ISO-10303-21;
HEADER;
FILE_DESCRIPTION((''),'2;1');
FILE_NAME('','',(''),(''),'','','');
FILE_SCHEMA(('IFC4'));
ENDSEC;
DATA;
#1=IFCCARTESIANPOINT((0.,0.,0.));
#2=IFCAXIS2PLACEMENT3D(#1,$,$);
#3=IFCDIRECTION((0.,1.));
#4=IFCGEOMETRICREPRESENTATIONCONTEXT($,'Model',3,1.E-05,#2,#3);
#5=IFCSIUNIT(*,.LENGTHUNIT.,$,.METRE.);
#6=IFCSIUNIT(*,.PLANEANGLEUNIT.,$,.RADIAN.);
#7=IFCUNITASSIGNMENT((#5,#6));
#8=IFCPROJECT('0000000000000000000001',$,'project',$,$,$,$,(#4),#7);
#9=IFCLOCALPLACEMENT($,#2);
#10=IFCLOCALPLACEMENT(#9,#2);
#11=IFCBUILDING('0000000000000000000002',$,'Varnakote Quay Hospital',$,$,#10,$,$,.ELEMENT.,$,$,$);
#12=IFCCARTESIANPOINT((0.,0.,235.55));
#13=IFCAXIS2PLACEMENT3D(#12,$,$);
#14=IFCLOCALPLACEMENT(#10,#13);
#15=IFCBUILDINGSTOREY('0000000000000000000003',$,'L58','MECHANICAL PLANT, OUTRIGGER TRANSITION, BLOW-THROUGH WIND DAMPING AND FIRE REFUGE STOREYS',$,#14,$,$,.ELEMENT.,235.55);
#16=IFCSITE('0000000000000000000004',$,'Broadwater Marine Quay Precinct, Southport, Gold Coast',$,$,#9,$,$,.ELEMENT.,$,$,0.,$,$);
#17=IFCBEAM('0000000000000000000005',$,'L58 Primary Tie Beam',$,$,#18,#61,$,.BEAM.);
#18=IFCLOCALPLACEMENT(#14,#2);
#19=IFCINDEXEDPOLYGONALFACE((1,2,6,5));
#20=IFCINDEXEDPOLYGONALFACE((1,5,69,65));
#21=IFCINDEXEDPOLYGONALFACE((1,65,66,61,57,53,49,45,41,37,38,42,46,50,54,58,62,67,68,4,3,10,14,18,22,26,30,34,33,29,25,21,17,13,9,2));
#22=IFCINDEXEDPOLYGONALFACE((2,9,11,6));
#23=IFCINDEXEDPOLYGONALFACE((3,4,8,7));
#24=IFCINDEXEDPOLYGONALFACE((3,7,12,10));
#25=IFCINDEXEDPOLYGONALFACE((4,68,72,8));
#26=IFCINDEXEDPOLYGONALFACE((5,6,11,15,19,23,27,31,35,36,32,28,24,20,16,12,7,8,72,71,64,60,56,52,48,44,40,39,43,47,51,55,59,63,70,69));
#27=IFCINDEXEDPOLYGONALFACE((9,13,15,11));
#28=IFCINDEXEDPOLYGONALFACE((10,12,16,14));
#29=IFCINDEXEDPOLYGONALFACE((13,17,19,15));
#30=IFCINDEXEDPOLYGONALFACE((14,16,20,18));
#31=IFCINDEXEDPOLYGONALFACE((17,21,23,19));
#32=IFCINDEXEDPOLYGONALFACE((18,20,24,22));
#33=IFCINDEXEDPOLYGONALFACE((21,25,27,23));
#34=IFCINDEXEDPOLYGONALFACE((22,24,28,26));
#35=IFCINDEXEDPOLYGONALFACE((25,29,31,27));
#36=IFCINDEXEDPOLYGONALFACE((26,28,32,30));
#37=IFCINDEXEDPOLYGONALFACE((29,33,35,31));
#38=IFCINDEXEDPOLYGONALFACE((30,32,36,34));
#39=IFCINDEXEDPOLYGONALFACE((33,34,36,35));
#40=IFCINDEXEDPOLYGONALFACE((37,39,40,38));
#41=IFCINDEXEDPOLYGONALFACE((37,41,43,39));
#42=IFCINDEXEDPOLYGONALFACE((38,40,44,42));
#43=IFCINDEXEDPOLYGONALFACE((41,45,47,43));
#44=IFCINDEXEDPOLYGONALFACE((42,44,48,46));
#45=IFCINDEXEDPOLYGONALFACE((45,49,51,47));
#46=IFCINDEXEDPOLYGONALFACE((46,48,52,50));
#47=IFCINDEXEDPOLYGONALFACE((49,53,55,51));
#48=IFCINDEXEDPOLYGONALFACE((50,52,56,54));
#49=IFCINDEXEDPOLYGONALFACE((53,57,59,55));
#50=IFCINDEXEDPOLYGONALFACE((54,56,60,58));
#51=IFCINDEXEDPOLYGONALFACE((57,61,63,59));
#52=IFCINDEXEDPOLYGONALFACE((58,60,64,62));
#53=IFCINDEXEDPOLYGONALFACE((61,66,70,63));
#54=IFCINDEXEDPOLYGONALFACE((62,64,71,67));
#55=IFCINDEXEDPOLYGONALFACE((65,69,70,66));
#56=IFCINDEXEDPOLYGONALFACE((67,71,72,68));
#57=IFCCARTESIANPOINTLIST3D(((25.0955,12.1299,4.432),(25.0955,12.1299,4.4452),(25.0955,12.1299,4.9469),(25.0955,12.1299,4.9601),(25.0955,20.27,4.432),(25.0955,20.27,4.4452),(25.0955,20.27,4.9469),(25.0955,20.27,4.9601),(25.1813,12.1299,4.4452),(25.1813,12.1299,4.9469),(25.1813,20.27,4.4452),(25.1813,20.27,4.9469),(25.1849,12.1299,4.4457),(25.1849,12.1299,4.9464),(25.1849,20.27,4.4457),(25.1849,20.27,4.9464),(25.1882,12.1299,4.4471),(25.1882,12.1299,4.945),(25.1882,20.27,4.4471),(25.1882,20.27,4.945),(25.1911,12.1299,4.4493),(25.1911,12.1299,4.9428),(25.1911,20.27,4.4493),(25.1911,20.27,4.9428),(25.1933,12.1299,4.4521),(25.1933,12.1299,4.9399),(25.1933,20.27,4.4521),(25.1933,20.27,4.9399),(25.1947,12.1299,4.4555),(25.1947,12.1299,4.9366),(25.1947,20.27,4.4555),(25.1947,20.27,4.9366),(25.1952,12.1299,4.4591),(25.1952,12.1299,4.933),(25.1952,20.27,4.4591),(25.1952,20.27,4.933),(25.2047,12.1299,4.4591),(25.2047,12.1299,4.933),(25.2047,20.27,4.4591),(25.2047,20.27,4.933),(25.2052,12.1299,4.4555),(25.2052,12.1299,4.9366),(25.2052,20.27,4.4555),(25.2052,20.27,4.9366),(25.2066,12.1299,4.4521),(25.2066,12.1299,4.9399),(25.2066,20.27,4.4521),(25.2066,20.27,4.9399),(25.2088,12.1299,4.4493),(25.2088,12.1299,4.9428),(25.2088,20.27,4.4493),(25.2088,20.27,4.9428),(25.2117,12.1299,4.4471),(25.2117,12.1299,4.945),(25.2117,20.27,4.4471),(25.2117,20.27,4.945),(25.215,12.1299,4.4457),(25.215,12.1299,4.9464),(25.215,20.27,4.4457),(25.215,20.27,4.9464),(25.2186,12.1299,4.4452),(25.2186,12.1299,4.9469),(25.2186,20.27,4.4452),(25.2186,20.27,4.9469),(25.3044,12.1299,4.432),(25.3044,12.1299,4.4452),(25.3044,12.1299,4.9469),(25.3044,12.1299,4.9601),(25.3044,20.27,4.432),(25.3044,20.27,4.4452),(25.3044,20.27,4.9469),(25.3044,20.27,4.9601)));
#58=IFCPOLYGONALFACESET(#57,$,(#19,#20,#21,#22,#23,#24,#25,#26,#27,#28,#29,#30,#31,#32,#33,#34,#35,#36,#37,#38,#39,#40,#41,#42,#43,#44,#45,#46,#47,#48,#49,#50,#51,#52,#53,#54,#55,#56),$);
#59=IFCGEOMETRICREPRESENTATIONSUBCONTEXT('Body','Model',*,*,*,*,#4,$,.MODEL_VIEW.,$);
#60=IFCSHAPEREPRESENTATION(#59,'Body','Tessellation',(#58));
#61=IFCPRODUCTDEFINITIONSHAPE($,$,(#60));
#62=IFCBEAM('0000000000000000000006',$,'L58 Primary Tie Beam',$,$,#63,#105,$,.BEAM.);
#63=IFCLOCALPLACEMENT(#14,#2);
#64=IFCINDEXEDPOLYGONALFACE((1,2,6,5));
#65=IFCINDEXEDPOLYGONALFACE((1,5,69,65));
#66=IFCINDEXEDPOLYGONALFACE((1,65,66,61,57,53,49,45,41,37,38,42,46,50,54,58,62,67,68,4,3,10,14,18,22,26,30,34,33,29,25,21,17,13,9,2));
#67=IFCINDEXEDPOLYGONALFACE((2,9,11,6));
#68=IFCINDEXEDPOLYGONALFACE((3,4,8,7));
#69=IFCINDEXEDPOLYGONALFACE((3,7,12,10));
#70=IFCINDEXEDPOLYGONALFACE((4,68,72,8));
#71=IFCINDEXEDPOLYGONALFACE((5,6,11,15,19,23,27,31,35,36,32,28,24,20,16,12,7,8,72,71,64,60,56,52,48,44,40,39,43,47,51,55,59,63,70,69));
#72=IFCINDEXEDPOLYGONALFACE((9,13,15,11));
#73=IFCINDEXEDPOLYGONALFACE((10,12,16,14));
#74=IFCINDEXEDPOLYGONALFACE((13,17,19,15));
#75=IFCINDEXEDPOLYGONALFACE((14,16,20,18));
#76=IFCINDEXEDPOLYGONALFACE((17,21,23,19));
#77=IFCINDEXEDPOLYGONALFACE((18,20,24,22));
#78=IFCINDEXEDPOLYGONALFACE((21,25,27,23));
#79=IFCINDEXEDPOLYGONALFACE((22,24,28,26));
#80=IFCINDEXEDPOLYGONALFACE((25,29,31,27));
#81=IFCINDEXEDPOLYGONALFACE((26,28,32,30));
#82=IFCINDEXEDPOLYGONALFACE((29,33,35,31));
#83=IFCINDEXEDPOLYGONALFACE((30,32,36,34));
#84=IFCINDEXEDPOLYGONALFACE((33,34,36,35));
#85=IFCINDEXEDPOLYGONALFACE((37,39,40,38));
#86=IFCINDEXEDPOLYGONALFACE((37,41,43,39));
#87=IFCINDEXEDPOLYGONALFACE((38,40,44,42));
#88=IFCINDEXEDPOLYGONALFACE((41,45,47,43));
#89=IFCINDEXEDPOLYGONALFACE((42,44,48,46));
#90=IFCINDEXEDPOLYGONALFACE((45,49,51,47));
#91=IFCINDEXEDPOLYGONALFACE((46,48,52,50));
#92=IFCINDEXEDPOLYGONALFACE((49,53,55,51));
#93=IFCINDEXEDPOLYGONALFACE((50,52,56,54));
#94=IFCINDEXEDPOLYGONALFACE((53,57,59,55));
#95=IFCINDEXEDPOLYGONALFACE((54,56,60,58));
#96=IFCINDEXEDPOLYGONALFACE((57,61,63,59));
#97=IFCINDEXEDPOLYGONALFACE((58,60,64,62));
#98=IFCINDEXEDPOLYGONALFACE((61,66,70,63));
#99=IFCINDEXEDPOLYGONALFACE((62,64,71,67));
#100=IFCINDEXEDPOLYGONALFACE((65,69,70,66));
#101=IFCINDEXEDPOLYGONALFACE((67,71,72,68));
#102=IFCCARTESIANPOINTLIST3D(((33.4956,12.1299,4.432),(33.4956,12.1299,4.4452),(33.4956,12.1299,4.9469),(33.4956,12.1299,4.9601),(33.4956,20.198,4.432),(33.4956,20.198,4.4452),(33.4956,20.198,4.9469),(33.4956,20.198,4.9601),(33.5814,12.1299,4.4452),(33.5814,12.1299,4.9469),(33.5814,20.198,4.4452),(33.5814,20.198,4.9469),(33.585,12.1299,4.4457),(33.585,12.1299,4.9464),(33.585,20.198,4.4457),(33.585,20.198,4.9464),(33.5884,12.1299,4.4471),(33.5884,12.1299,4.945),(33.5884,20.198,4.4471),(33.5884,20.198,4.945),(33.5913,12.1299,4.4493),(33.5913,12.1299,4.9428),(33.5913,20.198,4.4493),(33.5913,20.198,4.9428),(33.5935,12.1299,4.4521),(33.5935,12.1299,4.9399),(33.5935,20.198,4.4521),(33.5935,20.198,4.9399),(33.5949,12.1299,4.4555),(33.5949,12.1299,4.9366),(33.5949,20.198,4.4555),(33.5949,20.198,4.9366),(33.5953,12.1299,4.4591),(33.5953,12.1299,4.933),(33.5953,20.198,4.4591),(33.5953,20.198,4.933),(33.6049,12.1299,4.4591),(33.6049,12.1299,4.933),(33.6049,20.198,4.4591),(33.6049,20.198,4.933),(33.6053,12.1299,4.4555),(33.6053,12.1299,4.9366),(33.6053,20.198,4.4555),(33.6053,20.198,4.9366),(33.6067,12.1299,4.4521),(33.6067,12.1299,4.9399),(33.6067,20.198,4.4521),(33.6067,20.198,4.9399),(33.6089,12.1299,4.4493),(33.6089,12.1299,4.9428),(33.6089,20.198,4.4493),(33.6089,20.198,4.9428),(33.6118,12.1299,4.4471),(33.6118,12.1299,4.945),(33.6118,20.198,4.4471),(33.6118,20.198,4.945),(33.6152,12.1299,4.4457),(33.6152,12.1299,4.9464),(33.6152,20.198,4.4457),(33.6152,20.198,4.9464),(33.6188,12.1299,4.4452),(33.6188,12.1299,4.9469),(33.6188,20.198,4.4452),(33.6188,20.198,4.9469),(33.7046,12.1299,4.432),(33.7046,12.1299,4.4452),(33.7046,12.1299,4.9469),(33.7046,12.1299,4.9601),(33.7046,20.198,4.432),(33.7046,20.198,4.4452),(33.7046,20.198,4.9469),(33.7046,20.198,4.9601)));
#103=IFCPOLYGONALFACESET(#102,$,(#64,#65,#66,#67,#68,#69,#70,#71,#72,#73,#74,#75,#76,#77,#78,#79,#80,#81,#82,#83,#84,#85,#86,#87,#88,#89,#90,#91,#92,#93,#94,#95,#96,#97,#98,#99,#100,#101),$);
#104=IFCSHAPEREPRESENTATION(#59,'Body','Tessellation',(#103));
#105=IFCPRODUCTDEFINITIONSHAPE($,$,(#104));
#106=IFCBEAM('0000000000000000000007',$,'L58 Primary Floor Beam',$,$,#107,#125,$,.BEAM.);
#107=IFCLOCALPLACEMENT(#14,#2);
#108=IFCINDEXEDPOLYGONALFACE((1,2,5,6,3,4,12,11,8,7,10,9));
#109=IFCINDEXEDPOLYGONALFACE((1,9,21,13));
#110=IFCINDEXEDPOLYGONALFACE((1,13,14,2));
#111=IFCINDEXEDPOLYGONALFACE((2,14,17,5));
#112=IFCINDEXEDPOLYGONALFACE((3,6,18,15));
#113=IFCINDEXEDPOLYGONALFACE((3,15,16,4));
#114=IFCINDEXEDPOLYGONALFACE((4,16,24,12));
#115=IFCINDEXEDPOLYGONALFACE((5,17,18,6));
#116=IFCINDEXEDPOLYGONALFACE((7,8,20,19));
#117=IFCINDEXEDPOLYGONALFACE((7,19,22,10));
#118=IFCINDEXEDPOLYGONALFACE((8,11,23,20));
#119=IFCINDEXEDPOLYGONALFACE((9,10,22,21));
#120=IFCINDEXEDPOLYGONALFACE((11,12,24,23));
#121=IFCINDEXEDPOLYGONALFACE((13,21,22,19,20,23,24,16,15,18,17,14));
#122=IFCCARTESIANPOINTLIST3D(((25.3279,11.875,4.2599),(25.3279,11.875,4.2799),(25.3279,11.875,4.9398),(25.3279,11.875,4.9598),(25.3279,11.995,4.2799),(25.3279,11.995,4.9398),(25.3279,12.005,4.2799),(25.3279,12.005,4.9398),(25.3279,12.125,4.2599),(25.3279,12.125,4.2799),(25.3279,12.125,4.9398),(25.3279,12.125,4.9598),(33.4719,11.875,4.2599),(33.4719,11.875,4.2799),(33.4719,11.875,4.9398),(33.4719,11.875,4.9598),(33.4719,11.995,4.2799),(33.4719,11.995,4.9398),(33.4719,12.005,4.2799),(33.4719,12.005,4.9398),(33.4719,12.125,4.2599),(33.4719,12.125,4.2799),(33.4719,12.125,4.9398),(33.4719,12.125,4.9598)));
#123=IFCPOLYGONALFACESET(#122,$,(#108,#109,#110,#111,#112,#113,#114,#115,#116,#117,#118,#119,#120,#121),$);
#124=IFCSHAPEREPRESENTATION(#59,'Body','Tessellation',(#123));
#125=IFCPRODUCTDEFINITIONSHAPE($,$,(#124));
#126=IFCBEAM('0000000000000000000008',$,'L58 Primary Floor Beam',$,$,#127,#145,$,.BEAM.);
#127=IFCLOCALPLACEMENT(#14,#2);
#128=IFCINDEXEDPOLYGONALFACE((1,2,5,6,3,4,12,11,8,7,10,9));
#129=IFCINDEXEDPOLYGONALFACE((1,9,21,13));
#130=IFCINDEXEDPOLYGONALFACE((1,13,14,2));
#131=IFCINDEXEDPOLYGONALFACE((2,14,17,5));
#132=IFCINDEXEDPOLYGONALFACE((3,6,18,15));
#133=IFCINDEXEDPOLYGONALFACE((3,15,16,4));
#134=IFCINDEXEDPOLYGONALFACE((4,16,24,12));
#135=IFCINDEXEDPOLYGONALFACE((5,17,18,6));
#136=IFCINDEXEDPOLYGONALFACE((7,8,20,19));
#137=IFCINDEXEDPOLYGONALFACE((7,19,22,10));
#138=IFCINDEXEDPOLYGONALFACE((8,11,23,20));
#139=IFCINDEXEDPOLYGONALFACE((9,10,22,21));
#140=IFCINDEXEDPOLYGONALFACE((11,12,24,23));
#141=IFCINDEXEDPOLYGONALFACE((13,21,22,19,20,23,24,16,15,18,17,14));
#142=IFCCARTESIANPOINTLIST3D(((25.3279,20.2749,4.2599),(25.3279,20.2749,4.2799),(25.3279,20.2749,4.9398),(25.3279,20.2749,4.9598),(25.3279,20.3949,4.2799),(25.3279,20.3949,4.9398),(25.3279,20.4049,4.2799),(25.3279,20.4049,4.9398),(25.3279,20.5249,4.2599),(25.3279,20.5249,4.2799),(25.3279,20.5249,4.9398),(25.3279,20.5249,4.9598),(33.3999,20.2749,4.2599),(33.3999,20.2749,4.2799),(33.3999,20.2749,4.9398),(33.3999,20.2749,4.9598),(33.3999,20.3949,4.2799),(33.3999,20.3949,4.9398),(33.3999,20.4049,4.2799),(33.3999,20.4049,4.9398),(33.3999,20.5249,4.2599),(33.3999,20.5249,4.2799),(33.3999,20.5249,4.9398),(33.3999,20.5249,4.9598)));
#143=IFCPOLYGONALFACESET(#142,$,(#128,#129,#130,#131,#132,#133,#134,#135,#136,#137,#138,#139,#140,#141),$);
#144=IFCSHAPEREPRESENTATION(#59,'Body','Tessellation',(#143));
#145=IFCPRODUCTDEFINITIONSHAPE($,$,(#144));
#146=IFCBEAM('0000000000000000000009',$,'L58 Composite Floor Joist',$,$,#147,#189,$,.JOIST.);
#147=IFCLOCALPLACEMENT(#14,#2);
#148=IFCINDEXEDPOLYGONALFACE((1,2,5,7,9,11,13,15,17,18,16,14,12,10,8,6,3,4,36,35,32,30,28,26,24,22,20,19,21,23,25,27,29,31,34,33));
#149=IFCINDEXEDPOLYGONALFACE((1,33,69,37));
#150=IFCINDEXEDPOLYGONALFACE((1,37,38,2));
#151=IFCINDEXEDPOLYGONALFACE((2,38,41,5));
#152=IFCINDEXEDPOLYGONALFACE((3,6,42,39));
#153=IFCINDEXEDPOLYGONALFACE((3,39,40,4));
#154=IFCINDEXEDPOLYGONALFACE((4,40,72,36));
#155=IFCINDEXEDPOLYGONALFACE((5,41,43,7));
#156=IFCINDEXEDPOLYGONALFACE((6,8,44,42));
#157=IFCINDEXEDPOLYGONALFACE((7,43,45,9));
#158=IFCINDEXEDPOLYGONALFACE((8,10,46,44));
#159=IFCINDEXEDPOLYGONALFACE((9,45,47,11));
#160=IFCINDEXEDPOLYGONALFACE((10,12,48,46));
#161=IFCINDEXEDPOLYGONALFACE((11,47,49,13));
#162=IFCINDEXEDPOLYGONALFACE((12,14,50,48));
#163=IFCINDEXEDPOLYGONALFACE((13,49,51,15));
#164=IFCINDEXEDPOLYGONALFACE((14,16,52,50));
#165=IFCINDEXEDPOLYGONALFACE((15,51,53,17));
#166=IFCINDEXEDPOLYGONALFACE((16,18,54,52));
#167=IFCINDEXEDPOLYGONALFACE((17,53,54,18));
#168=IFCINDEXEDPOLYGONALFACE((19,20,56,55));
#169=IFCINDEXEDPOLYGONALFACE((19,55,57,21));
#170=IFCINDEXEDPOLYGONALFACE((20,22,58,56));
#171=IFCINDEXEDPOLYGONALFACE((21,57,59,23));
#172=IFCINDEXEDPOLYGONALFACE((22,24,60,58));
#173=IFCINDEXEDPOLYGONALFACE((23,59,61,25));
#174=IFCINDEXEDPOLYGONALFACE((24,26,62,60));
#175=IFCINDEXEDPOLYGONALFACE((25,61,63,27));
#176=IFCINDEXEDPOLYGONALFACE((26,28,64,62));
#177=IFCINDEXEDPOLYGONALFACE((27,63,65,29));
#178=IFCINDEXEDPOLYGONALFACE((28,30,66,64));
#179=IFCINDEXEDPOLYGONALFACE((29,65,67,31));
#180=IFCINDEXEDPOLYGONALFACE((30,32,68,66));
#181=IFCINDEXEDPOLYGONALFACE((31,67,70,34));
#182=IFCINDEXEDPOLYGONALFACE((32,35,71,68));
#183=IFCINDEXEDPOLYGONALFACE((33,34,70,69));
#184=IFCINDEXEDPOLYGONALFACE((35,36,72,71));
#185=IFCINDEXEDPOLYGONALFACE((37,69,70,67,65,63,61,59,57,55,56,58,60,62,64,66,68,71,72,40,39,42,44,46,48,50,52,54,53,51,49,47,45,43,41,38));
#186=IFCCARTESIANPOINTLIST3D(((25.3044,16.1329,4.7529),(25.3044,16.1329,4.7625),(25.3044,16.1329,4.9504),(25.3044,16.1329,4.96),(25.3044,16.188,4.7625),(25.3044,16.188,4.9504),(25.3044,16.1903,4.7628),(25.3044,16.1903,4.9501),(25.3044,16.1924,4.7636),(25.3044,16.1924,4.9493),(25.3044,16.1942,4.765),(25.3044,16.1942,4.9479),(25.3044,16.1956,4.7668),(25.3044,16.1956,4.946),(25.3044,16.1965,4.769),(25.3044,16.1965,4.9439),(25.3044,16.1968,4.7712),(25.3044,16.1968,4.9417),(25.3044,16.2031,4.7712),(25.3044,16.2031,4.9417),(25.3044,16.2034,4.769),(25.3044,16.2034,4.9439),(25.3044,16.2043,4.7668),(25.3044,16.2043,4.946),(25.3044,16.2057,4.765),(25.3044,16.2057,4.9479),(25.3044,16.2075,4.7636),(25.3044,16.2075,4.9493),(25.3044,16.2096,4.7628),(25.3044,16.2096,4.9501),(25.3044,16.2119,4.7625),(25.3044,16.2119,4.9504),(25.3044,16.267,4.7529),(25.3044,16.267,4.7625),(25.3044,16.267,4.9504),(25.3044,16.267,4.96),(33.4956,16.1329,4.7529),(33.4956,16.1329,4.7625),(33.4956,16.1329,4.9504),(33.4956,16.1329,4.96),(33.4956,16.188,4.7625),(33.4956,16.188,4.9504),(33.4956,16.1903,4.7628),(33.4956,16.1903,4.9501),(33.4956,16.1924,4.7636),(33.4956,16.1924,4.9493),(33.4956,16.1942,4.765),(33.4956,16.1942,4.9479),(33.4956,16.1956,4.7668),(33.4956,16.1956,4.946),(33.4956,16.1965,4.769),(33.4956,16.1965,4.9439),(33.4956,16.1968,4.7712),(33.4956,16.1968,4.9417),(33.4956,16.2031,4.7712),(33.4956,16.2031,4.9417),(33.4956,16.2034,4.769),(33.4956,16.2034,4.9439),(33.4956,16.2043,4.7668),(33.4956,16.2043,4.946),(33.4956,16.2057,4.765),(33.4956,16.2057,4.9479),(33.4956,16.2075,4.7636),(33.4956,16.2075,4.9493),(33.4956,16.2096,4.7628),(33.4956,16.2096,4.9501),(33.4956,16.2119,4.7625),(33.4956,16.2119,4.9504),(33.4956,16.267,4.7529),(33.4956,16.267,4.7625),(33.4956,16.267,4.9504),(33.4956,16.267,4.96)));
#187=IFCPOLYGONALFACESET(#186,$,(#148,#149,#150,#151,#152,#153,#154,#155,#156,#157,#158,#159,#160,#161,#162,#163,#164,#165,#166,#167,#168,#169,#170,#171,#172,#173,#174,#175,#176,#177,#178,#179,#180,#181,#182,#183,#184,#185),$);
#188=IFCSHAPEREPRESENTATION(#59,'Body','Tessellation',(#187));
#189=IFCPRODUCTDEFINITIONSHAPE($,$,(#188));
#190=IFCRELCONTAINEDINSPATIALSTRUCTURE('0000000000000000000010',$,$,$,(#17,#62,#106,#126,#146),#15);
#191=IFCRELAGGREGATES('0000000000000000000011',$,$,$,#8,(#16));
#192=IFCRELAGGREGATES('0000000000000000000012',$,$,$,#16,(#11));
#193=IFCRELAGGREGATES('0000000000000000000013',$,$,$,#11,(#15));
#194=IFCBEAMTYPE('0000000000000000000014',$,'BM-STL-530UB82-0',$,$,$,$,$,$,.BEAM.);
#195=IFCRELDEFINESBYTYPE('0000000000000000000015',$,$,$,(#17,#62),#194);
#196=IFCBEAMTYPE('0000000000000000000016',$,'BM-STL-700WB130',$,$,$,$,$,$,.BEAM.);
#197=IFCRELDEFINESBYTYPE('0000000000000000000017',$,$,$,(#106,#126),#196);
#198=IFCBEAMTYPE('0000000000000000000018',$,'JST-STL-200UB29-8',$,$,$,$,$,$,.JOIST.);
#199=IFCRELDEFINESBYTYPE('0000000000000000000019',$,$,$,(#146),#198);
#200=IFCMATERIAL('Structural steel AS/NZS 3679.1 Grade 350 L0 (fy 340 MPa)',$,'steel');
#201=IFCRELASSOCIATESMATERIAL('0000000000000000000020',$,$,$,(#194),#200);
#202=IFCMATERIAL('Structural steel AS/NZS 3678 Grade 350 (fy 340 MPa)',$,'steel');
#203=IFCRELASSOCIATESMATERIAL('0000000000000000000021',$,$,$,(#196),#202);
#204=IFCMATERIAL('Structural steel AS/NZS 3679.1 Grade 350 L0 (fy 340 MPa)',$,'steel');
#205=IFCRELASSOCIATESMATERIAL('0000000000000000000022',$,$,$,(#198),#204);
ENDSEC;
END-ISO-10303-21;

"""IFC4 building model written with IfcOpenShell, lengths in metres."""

from ifc_helpers import new_model, si_unit, direction, frame, origin, origin_2d, place, context, subcontext, project, spatial, i_section, extrude, material, material_profile, profile_set, type_object, element, save


model = new_model("IFC4")

# Units and contexts
model_context = context("Model", 3, precision=1e-05, world=origin(), true_north=direction((0.0, 1.0)))
body_context = subcontext(model_context, "Body", "Model", "MODEL_VIEW")
ifc_project = project(units=[si_unit("LENGTHUNIT", "METRE"), si_unit("PLANEANGLEUNIT", "RADIAN")], contexts=[model_context])

# Site, building, storey
site_placement = place(None, origin())
site = spatial("IfcSite", under=ifc_project, at=site_placement, Name="Broadwater Marine Quay Precinct, Southport, Gold Coast", CompositionType="ELEMENT", RefElevation=0.0)
building_placement = place(site_placement, origin())
building = spatial("IfcBuilding", under=site, at=building_placement, Name="Varnakote Quay Hospital", CompositionType="ELEMENT")
storey_placement = place(building_placement, frame((0.0, 0.0, 235.55)))
storey = spatial("IfcBuildingStorey", under=building, at=storey_placement, Name="L58", Description="MECHANICAL PLANT, OUTRIGGER TRANSITION, BLOW-THROUGH WIND DAMPING AND FIRE REFUGE STOREYS", CompositionType="ELEMENT", Elevation=235.55)

# Beams
ifc_material_1 = material(Name="Structural steel AS/NZS 3679.1 Grade 350 L0 (fy 340 MPa)", Category="steel")
ifc_material_profile_1 = material_profile(ifc_material_1, i_section(OverallWidth=0.209, OverallDepth=0.5281, WebThickness=0.0095, FlangeThickness=0.0132, FilletRadius=0.0139, at=origin_2d()), Name="530UB82.0")
ifc_profile_set_1 = profile_set([ifc_material_profile_1], Name="Structural steel AS/NZS 3679.1 Grade 350 L0 (fy 340 MPa)")
beam_type_1 = type_object("IfcBeamType", Name="BM-STL-530UB82-0", PredefinedType="BEAM", material=ifc_profile_set_1)
beam_1_placement = place(storey_placement, frame((25.2, 12.1299, 4.696), z_axis=(0.0, 1.0, 0.0), x_axis=(-1.0, 0.0, 0.0)))
element("IfcBeam", 1, at=beam_1_placement, inside=storey, type_object=beam_type_1, Name="L58 Primary Tie Beam", PredefinedType="BEAM", context=body_context, shape_type="SweptSolid", body=[
    extrude(i_section(OverallWidth=0.209, OverallDepth=0.5281, WebThickness=0.0095, FlangeThickness=0.0132, FilletRadius=0.0139, at=origin_2d()), origin(), (0.0, 0.0, 1.0), 8.1401),
])
beam_2_placement = place(storey_placement, frame((33.6001, 12.1299, 4.696), z_axis=(0.0, 1.0, 0.0), x_axis=(-1.0, 0.0, 0.0)))
element("IfcBeam", 2, at=beam_2_placement, inside=storey, type_object=beam_type_1, Name="L58 Primary Tie Beam", PredefinedType="BEAM", context=body_context, shape_type="SweptSolid", body=[
    extrude(i_section(OverallWidth=0.209, OverallDepth=0.5281, WebThickness=0.0095, FlangeThickness=0.0132, FilletRadius=0.0139, at=origin_2d()), origin(), (0.0, 0.0, 1.0), 8.0681),
])
ifc_material_2 = material(Name="Structural steel AS/NZS 3678 Grade 350 (fy 340 MPa)", Category="steel")
ifc_material_profile_2 = material_profile(ifc_material_2, i_section(OverallWidth=0.25, OverallDepth=0.7, WebThickness=0.01, FlangeThickness=0.02, at=origin_2d()), Name="700WB130")
ifc_profile_set_2 = profile_set([ifc_material_profile_2], Name="Structural steel AS/NZS 3678 Grade 350 (fy 340 MPa)")
beam_type_2 = type_object("IfcBeamType", Name="BM-STL-700WB130", PredefinedType="BEAM", material=ifc_profile_set_2)
beam_3_placement = place(storey_placement, frame((25.3279, 12.0, 4.6099), z_axis=(1.0, 0.0, 0.0), x_axis=(0.0, 1.0, 0.0)))
element("IfcBeam", 3, at=beam_3_placement, inside=storey, type_object=beam_type_2, Name="L58 Primary Floor Beam", PredefinedType="BEAM", context=body_context, shape_type="SweptSolid", body=[
    extrude(i_section(OverallWidth=0.25, OverallDepth=0.7, WebThickness=0.01, FlangeThickness=0.02, at=origin_2d()), origin(), (0.0, 0.0, 1.0), 8.144),
])
beam_4_placement = place(storey_placement, frame((25.3279, 20.3999, 4.6099), z_axis=(1.0, 0.0, 0.0), x_axis=(0.0, 1.0, 0.0)))
element("IfcBeam", 4, at=beam_4_placement, inside=storey, type_object=beam_type_2, Name="L58 Primary Floor Beam", PredefinedType="BEAM", context=body_context, shape_type="SweptSolid", body=[
    extrude(i_section(OverallWidth=0.25, OverallDepth=0.7, WebThickness=0.01, FlangeThickness=0.02, at=origin_2d()), origin(), (0.0, 0.0, 1.0), 8.072),
])
ifc_material_3 = material(Name="Structural steel AS/NZS 3679.1 Grade 350 L0 (fy 340 MPa)", Category="steel")
ifc_material_profile_3 = material_profile(ifc_material_3, i_section(OverallWidth=0.134, OverallDepth=0.207, WebThickness=0.0063, FlangeThickness=0.0095, FilletRadius=0.0088, at=origin_2d()), Name="200UB29.8")
ifc_profile_set_3 = profile_set([ifc_material_profile_3], Name="Structural steel AS/NZS 3679.1 Grade 350 L0 (fy 340 MPa)")
beam_type_3 = type_object("IfcBeamType", Name="JST-STL-200UB29-8", PredefinedType="JOIST", material=ifc_profile_set_3)
beam_5_placement = place(storey_placement, frame((25.3044, 16.2, 4.8564), z_axis=(1.0, 0.0, 0.0), x_axis=(0.0, 1.0, 0.0)))
element("IfcBeam", 5, at=beam_5_placement, inside=storey, type_object=beam_type_3, Name="L58 Composite Floor Joist", PredefinedType="JOIST", context=body_context, shape_type="SweptSolid", body=[
    extrude(i_section(OverallWidth=0.134, OverallDepth=0.207, WebThickness=0.0063, FlangeThickness=0.0095, FilletRadius=0.0088, at=origin_2d()), origin(), (0.0, 0.0, 1.0), 8.1912),
])

save(model, "model.ifc")
